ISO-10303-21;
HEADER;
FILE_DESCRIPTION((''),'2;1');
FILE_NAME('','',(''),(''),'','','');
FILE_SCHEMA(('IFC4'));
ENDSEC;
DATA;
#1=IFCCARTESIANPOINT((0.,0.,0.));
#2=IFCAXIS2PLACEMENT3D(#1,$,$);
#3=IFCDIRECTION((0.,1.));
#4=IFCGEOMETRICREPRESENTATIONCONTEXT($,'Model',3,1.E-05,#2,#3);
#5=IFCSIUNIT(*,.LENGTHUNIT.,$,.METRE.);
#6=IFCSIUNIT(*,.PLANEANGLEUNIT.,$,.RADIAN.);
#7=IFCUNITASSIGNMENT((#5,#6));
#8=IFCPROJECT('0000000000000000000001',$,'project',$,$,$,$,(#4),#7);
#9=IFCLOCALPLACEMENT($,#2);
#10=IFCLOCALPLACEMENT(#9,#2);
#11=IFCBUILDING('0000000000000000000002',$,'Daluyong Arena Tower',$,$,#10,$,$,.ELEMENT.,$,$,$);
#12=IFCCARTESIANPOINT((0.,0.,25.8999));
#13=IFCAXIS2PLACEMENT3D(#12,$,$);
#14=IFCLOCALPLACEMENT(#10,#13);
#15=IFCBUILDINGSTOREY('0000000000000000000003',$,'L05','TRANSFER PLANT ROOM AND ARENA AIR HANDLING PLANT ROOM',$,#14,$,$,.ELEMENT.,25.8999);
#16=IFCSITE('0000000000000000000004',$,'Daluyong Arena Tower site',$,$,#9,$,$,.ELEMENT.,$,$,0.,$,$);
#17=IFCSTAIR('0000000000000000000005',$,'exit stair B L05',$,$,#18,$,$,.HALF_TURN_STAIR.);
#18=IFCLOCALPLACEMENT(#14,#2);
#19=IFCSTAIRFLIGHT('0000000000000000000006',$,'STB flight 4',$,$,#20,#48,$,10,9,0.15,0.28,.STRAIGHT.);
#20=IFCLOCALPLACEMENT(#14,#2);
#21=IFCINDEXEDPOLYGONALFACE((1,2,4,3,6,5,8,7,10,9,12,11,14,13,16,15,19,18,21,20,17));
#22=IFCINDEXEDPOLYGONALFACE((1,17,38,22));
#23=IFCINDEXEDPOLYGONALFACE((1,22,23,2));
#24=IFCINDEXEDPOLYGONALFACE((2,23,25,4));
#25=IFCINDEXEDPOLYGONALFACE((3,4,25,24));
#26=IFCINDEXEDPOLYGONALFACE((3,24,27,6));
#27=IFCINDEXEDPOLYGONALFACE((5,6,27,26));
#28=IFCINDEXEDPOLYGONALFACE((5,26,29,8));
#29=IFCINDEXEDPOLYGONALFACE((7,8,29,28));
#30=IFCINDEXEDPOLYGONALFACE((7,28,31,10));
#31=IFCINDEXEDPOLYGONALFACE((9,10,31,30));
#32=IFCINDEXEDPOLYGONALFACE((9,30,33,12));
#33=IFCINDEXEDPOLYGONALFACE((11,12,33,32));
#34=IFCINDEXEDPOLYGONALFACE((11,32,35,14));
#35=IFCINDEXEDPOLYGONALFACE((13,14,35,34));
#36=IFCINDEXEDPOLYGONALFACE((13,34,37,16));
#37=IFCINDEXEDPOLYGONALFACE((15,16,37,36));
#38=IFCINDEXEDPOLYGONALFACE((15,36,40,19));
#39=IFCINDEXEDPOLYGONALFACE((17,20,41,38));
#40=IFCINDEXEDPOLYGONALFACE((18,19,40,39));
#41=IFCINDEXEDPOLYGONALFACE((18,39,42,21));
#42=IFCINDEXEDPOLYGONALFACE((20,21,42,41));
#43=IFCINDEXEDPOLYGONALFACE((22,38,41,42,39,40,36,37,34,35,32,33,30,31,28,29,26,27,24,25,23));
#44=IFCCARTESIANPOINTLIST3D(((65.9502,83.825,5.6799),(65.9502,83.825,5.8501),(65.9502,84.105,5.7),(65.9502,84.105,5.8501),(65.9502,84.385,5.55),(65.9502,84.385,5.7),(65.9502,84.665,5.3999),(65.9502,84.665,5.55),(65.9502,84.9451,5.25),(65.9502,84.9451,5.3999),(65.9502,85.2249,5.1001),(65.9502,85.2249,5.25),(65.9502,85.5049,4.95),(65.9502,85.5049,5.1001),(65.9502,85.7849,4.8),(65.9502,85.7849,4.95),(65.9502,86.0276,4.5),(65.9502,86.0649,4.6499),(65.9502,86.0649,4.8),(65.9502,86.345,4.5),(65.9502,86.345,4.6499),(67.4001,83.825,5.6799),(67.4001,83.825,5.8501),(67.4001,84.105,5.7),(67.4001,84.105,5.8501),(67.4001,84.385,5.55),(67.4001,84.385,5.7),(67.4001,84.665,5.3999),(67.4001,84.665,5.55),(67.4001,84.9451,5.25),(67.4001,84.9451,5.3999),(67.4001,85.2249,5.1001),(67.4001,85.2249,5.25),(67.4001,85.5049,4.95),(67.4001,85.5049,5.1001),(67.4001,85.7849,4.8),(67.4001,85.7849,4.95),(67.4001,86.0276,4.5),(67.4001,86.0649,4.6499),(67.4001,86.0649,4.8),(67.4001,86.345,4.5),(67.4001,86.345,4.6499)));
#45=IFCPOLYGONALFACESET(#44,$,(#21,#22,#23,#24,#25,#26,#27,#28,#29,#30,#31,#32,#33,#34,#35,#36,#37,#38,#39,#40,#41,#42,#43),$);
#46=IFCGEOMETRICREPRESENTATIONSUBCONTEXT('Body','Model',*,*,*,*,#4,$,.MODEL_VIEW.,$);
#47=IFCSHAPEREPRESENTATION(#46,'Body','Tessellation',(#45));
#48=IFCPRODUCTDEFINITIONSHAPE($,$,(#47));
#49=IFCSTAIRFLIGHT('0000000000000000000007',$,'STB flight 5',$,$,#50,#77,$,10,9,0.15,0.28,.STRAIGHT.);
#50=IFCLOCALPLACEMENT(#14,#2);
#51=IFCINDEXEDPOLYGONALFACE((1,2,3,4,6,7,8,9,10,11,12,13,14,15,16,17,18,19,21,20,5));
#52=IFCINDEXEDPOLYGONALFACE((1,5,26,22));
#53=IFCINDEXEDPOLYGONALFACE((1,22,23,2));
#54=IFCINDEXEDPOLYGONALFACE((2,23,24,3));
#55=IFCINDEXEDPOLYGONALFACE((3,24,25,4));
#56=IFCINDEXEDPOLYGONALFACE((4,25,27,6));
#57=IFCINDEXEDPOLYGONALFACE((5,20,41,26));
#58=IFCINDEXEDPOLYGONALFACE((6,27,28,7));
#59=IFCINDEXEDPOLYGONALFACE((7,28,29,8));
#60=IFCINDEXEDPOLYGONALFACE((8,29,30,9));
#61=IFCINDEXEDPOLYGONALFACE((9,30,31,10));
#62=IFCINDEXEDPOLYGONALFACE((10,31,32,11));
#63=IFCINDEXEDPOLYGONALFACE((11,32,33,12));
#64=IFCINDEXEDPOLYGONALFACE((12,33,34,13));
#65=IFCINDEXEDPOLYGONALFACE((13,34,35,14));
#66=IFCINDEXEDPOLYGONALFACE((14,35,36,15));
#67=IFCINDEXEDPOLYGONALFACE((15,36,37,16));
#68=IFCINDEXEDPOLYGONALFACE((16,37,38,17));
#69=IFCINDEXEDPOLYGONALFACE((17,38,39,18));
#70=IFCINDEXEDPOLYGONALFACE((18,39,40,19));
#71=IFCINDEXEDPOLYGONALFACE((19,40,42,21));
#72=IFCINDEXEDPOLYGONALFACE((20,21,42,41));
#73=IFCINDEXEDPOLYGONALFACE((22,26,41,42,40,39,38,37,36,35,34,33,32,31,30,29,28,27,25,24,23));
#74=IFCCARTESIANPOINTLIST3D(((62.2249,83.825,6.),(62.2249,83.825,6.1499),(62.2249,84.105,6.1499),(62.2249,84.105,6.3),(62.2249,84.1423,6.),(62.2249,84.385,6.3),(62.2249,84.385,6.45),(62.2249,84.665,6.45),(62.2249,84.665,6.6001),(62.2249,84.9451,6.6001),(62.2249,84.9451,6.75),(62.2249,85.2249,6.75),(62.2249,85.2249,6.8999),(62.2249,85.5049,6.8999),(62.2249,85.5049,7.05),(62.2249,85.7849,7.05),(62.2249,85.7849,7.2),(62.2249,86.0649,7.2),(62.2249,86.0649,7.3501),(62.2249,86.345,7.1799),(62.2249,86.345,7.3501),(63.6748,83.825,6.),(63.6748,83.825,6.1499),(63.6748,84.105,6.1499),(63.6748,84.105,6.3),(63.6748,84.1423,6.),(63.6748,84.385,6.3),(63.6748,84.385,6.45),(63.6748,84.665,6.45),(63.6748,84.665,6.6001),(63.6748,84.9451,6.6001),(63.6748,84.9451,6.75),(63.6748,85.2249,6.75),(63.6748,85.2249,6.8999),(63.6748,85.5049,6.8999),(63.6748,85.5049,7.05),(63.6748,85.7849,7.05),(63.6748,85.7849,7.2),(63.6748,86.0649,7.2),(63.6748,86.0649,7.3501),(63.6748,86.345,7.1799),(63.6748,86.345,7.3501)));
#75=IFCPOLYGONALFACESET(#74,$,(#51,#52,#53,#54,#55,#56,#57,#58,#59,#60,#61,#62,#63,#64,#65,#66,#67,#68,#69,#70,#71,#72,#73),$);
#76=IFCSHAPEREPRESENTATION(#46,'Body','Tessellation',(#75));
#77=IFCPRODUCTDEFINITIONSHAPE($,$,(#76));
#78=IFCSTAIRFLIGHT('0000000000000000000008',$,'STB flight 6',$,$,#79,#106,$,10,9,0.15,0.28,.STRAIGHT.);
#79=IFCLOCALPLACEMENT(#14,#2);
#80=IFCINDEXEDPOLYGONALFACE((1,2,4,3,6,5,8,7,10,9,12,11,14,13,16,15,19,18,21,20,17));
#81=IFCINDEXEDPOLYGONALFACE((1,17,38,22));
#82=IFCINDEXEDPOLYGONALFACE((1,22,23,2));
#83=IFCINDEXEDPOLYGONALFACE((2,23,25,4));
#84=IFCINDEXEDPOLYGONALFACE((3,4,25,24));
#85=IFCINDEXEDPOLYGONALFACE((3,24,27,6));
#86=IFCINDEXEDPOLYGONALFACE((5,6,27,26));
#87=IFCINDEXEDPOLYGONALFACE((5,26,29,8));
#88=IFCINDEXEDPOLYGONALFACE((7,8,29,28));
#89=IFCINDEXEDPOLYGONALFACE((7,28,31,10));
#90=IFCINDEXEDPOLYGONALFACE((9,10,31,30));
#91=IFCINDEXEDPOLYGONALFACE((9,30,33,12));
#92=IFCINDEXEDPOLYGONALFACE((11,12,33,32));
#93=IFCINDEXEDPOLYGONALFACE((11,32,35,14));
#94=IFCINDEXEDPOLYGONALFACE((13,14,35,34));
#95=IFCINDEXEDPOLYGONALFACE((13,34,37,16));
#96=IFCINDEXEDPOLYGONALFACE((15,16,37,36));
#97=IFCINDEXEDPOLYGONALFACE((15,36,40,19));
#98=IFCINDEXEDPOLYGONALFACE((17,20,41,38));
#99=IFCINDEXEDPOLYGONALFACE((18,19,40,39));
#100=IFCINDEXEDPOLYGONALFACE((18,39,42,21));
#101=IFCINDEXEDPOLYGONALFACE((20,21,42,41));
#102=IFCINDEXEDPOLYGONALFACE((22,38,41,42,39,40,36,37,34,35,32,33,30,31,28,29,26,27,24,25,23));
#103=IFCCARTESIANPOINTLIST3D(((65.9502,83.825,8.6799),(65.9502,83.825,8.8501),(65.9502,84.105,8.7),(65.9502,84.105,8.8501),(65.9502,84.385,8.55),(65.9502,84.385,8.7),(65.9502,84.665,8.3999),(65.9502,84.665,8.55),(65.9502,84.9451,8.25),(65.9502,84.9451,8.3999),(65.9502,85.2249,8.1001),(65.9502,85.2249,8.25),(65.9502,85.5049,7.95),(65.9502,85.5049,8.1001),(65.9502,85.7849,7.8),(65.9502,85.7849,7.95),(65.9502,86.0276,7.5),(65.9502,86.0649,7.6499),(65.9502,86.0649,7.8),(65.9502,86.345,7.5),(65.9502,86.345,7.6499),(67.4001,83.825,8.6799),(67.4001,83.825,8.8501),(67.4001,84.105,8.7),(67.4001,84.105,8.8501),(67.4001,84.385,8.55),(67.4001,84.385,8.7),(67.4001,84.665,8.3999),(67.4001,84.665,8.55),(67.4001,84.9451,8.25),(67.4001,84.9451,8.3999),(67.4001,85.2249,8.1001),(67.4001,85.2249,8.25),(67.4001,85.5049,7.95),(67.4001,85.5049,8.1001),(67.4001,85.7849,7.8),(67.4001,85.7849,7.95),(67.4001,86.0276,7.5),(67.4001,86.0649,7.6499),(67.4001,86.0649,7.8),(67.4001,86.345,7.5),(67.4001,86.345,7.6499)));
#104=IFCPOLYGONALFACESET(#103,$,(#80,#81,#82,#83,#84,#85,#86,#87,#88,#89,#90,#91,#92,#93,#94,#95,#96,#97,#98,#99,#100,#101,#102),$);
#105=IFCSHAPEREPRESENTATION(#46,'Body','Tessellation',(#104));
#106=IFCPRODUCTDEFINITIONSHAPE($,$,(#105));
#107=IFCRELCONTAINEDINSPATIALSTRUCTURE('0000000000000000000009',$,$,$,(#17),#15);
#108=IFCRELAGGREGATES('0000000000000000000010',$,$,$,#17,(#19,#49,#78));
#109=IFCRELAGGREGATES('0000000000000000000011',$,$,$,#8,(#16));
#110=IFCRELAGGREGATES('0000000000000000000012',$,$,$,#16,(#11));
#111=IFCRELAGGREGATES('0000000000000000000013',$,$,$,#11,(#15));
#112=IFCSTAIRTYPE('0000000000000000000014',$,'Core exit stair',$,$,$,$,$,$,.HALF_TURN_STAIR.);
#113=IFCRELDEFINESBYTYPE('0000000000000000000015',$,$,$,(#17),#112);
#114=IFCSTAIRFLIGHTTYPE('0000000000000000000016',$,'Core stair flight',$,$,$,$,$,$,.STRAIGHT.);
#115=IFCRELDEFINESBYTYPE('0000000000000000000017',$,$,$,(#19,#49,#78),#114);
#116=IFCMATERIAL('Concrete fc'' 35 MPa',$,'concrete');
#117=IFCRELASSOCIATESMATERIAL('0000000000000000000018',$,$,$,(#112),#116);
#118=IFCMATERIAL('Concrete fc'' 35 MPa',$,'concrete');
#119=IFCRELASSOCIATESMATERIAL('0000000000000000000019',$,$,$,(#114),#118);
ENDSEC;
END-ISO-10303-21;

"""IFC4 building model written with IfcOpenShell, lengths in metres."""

from ifc_helpers import new_model, si_unit, direction, frame, origin, place, context, subcontext, project, spatial, polyline, outline, extrude, material, type_object, element, aggregate, save


model = new_model("IFC4")

# Units and contexts
model_context = context("Model", 3, precision=1e-05, world=origin(), true_north=direction((0.0, 1.0)))
body_context = subcontext(model_context, "Body", "Model", "MODEL_VIEW")
ifc_project = project(units=[si_unit("LENGTHUNIT", "METRE"), si_unit("PLANEANGLEUNIT", "RADIAN")], contexts=[model_context])

# Site, building, storey
site_placement = place(None, origin())
site = spatial("IfcSite", under=ifc_project, at=site_placement, Name="Daluyong Arena Tower site", CompositionType="ELEMENT", RefElevation=0.0)
building_placement = place(site_placement, origin())
building = spatial("IfcBuilding", under=site, at=building_placement, Name="Daluyong Arena Tower", CompositionType="ELEMENT")
storey_placement = place(building_placement, frame((0.0, 0.0, 25.8999)))
storey = spatial("IfcBuildingStorey", under=building, at=storey_placement, Name="L05", Description="TRANSFER PLANT ROOM AND ARENA AIR HANDLING PLANT ROOM", CompositionType="ELEMENT", Elevation=25.8999)

# Stair, stair flights
ifc_material_1 = material(Name="Concrete fc' 35 MPa", Category="concrete")
stair_type = type_object("IfcStairType", Name="Core exit stair", PredefinedType="HALF_TURN_STAIR", material=ifc_material_1)
stair_placement = place(storey_placement, origin())
stair = element("IfcStair", 1, at=stair_placement, inside=storey, type_object=stair_type, Name="exit stair B L05", PredefinedType="HALF_TURN_STAIR")
ifc_material_2 = material(Name="Concrete fc' 35 MPa", Category="concrete")
stair_flight_type = type_object("IfcStairFlightType", Name="Core stair flight", PredefinedType="STRAIGHT", material=ifc_material_2)
stair_flight_1_placement = place(storey_placement, frame((66.675, 86.345, 4.5), z_axis=(0.0, 0.0, 1.0), x_axis=(0.0, -1.0, 0.0)))
stair_flight_1 = element("IfcStairFlight", 2, at=stair_flight_1_placement, type_object=stair_flight_type, Name="STB flight 4", NumberOfRisers=10, NumberOfTreads=9, PredefinedType="STRAIGHT", RiserHeight=0.15, TreadLength=0.28, context=body_context, shape_type="SweptSolid", body=[
    extrude(outline(polyline([(0.0, 0.0), (0.0, 0.1499), (0.28, 0.1499), (0.28, 0.3), (0.5601, 0.3), (0.5601, 0.45), (0.8401, 0.45), (0.8401, 0.6001), (1.1201, 0.6001), (1.1201, 0.75), (1.3999, 0.75), (1.3999, 0.8999), (1.6799, 0.8999), (1.6799, 1.05), (1.96, 1.05), (1.96, 1.2), (2.24, 1.2), (2.24, 1.3501), (2.52, 1.3501), (2.52, 1.5), (2.52, 1.1799), (0.3174, 0.0), (0.0, 0.0)])), frame((0.0, 0.7251, 0.0), z_axis=(0.0, -1.0, 0.0), x_axis=(1.0, 0.0, 0.0)), (0.0, 0.0, 1.0), 1.45),
])
stair_flight_2_placement = place(storey_placement, frame((62.95, 83.825, 6.0), z_axis=(0.0, 0.0, 1.0), x_axis=(0.0, 1.0, 0.0)))
stair_flight_2 = element("IfcStairFlight", 3, at=stair_flight_2_placement, type_object=stair_flight_type, Name="STB flight 5", NumberOfRisers=10, NumberOfTreads=9, PredefinedType="STRAIGHT", RiserHeight=0.15, TreadLength=0.28, context=body_context, shape_type="SweptSolid", body=[
    extrude(outline(polyline([(0.0, 0.0), (0.0, 0.1499), (0.28, 0.1499), (0.28, 0.3), (0.5601, 0.3), (0.5601, 0.45), (0.8401, 0.45), (0.8401, 0.6001), (1.1201, 0.6001), (1.1201, 0.75), (1.3999, 0.75), (1.3999, 0.8999), (1.6799, 0.8999), (1.6799, 1.05), (1.96, 1.05), (1.96, 1.2), (2.24, 1.2), (2.24, 1.3501), (2.52, 1.3501), (2.52, 1.5), (2.52, 1.1799), (0.3174, 0.0), (0.0, 0.0)])), frame((0.0, 0.7251, 0.0), z_axis=(0.0, -1.0, 0.0), x_axis=(1.0, 0.0, 0.0)), (0.0, 0.0, 1.0), 1.45),
])
stair_flight_3_placement = place(storey_placement, frame((66.675, 86.345, 7.5), z_axis=(0.0, 0.0, 1.0), x_axis=(0.0, -1.0, 0.0)))
stair_flight_3 = element("IfcStairFlight", 4, at=stair_flight_3_placement, type_object=stair_flight_type, Name="STB flight 6", NumberOfRisers=10, NumberOfTreads=9, PredefinedType="STRAIGHT", RiserHeight=0.15, TreadLength=0.28, context=body_context, shape_type="SweptSolid", body=[
    extrude(outline(polyline([(0.0, 0.0), (0.0, 0.1499), (0.28, 0.1499), (0.28, 0.3), (0.5601, 0.3), (0.5601, 0.45), (0.8401, 0.45), (0.8401, 0.6001), (1.1201, 0.6001), (1.1201, 0.75), (1.3999, 0.75), (1.3999, 0.8999), (1.6799, 0.8999), (1.6799, 1.05), (1.96, 1.05), (1.96, 1.2), (2.24, 1.2), (2.24, 1.3501), (2.52, 1.3501), (2.52, 1.5), (2.52, 1.1799), (0.3174, 0.0), (0.0, 0.0)])), frame((0.0, 0.7251, 0.0), z_axis=(0.0, -1.0, 0.0), x_axis=(1.0, 0.0, 0.0)), (0.0, 0.0, 1.0), 1.45),
])
aggregate(stair, [stair_flight_1, stair_flight_2, stair_flight_3])

save(model, "model.ifc")
